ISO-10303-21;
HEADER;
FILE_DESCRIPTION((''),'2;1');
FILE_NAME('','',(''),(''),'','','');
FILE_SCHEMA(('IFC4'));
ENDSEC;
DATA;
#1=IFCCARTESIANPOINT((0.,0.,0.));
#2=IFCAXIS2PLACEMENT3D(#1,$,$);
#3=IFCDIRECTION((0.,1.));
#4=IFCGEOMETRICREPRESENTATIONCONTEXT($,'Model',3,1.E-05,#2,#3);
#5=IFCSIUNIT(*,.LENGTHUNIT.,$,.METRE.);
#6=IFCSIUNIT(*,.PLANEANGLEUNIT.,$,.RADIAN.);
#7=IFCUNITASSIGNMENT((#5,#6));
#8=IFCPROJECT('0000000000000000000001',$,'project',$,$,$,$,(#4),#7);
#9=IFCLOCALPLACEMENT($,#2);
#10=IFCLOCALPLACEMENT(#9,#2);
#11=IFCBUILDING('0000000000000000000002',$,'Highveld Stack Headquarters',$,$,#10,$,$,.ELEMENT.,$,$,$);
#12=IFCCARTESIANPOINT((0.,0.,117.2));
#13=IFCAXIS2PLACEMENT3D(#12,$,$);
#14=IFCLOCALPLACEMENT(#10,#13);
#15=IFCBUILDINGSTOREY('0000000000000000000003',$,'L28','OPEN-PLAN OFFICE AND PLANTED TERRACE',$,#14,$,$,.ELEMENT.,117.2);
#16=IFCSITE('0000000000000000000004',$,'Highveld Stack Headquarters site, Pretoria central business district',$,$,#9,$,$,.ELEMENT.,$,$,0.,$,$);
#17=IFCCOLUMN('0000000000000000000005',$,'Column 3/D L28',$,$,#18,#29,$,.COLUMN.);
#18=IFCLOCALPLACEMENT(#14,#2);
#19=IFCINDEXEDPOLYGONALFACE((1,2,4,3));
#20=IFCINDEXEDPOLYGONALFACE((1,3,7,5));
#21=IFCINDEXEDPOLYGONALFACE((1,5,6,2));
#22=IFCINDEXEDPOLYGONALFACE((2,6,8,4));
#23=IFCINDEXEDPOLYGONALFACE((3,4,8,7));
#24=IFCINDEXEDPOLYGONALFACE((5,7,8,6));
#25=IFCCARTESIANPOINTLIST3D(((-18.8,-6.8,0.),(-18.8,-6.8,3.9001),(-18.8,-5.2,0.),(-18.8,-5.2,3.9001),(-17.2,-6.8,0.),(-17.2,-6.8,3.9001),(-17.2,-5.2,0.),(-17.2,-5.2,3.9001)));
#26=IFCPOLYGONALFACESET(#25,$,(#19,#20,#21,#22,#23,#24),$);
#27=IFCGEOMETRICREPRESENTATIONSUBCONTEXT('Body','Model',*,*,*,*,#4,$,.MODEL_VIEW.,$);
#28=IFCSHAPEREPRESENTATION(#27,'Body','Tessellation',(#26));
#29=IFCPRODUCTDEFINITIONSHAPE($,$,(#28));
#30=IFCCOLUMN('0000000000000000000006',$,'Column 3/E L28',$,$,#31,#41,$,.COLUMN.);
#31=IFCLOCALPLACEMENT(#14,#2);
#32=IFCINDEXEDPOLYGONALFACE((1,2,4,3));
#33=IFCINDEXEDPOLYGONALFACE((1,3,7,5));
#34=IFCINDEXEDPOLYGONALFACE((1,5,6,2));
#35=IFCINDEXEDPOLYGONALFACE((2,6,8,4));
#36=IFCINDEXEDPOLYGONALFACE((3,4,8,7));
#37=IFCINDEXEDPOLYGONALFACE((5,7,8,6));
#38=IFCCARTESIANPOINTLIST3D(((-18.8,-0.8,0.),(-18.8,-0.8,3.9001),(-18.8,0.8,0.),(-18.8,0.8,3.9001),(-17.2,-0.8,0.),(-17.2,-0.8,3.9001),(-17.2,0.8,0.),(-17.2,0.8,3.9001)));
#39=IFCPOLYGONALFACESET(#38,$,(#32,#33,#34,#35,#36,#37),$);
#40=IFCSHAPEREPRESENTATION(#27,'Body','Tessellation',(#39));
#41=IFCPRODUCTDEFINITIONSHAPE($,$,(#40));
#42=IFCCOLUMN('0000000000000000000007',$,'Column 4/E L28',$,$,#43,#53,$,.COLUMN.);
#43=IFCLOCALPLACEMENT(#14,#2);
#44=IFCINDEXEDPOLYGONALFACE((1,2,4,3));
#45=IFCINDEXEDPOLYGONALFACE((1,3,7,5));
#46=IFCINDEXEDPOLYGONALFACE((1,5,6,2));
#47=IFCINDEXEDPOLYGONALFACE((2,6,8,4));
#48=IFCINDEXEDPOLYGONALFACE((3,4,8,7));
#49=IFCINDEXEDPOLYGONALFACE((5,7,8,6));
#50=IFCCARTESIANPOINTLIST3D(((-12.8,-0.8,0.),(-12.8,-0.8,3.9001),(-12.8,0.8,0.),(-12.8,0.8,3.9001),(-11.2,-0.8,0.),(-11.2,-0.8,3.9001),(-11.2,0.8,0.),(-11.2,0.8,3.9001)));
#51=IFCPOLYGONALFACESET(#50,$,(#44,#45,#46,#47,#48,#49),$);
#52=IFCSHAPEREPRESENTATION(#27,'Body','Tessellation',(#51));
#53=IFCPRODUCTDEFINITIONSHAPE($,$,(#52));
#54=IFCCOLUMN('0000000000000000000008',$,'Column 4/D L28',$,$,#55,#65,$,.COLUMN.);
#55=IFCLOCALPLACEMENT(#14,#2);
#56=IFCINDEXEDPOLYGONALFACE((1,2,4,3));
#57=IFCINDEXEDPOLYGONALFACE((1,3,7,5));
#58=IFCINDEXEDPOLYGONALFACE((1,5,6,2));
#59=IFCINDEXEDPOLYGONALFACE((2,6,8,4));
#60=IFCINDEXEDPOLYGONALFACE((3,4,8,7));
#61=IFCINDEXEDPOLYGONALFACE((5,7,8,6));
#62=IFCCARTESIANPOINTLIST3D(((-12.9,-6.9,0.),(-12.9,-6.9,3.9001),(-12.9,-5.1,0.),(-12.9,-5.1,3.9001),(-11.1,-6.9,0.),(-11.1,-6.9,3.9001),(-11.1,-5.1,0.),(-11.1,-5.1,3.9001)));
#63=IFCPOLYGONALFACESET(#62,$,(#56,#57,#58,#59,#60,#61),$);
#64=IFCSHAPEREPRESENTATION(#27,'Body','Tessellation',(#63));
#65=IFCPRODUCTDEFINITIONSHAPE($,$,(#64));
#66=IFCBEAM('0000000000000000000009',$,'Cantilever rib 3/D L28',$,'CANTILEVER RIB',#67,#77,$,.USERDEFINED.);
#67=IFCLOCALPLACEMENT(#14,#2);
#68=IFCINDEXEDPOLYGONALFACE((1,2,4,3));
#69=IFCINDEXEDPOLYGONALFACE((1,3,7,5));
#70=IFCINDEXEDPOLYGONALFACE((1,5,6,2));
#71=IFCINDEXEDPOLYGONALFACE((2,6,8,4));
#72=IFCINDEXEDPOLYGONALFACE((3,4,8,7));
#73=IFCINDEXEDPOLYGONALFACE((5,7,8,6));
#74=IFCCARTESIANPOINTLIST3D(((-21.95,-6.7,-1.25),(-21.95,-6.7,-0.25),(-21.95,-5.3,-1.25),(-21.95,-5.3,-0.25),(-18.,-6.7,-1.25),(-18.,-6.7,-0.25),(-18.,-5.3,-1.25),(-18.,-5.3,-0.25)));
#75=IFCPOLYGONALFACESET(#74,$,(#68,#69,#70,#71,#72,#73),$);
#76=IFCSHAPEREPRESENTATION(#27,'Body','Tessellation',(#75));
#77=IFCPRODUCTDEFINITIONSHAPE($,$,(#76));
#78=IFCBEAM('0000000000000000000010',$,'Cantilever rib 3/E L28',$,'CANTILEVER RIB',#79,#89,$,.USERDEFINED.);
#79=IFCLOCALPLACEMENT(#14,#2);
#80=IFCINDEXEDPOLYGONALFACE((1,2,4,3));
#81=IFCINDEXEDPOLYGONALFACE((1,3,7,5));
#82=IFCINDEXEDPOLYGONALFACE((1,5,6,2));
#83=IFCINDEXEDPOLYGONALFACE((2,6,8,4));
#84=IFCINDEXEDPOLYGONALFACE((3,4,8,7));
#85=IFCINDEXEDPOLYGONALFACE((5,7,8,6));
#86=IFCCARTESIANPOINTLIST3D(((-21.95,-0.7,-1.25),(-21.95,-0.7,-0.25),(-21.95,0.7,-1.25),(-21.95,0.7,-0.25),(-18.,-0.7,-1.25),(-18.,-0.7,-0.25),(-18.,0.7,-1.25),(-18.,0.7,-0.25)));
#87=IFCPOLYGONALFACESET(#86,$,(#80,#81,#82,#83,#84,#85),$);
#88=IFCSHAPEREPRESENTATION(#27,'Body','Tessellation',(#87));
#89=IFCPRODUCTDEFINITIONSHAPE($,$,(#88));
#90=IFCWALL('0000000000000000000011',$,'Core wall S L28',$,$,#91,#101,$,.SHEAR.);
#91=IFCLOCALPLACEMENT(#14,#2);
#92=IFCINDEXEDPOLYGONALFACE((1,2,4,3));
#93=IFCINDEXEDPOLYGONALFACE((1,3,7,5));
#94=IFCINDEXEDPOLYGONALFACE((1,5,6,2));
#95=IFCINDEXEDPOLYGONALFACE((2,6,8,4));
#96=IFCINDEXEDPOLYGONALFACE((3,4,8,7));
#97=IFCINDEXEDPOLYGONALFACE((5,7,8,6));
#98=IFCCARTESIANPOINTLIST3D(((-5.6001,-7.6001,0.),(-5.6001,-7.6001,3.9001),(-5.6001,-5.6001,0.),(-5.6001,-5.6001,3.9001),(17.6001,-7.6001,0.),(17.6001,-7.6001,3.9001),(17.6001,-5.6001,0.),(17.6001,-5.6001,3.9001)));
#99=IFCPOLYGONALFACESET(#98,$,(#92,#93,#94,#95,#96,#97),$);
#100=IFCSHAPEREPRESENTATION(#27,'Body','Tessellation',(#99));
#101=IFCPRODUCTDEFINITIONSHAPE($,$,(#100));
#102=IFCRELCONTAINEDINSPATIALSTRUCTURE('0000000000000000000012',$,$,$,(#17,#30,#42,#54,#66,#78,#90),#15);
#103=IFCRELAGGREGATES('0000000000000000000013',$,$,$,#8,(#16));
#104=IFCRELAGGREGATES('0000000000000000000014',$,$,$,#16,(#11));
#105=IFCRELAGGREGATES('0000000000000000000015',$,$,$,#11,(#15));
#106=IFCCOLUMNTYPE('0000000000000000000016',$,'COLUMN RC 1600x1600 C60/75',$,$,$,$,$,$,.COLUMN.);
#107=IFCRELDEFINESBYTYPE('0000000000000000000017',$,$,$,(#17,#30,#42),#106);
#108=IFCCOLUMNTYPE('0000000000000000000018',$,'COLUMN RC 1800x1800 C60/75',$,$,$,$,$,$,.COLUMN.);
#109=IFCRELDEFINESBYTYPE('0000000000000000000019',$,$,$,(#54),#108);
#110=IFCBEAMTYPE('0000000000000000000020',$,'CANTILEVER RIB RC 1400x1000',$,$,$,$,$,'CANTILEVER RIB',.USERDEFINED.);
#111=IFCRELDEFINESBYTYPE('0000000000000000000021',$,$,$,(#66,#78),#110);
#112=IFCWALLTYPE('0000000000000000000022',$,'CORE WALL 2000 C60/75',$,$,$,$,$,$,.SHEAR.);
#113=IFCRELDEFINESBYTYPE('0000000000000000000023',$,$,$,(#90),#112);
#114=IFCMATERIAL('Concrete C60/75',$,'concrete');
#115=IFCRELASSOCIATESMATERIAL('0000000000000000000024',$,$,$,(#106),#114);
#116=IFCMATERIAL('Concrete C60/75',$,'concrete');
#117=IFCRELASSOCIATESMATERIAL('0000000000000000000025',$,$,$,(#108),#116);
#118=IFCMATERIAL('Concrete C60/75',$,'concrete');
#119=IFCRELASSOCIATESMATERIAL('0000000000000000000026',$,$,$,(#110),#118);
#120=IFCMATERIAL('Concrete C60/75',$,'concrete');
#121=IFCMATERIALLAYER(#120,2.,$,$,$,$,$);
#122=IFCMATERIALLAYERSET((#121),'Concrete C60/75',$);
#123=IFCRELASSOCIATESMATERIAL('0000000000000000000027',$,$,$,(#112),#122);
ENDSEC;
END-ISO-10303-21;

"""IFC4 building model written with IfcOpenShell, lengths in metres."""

from ifc_helpers import new_model, si_unit, direction, frame, frame_2d, origin, origin_2d, place, context, subcontext, project, spatial, rectangle, extrude, material, layer, layer_set, material_profile, profile_set, type_object, element, save


model = new_model("IFC4")

# Units and contexts
model_context = context("Model", 3, precision=1e-05, world=origin(), true_north=direction((0.0, 1.0)))
body_context = subcontext(model_context, "Body", "Model", "MODEL_VIEW")
ifc_project = project(units=[si_unit("LENGTHUNIT", "METRE"), si_unit("PLANEANGLEUNIT", "RADIAN")], contexts=[model_context])

# Site, building, storey
site_placement = place(None, origin())
site = spatial("IfcSite", under=ifc_project, at=site_placement, Name="Highveld Stack Headquarters site, Pretoria central business district", CompositionType="ELEMENT", RefElevation=0.0)
building_placement = place(site_placement, origin())
building = spatial("IfcBuilding", under=site, at=building_placement, Name="Highveld Stack Headquarters", CompositionType="ELEMENT")
storey_placement = place(building_placement, frame((0.0, 0.0, 117.2)))
storey = spatial("IfcBuildingStorey", under=building, at=storey_placement, Name="L28", Description="OPEN-PLAN OFFICE AND PLANTED TERRACE", CompositionType="ELEMENT", Elevation=117.2)

# Columns
ifc_material_1 = material(Name="Concrete C60/75", Category="concrete")
ifc_material_profile_1 = material_profile(ifc_material_1, rectangle(XDim=1.6001, YDim=1.6001, at=origin_2d()), Name="RC 1600x1600")
ifc_profile_set_1 = profile_set([ifc_material_profile_1], Name="Concrete C60/75")
column_type_1 = type_object("IfcColumnType", Name="COLUMN RC 1600x1600 C60/75", PredefinedType="COLUMN", material=ifc_profile_set_1)
for number, where, z_axis, x_axis, name in (
    (1, (-18.0, -6.0, 0.0), (0.0, 0.0, 1.0), (1.0, 0.0, 0.0), "Column 3/D L28"),
    (2, (-18.0, 0.0, 0.0), (0.0, 0.0, 1.0), (1.0, 0.0, 0.0), "Column 3/E L28"),
    (3, (-12.0, 0.0, 0.0), (0.0, 0.0, 1.0), (1.0, 0.0, 0.0), "Column 4/E L28"),
):
    element("IfcColumn", number, at=place(storey_placement, frame(where, z_axis=z_axis, x_axis=x_axis)), inside=storey, type_object=column_type_1, Name=name, PredefinedType="COLUMN", context=body_context, shape_type="SweptSolid", body=[
        extrude(rectangle(XDim=1.6001, YDim=1.6001, at=origin_2d()), origin(), (0.0, 0.0, 1.0), 3.9001),
    ])
ifc_material_2 = material(Name="Concrete C60/75", Category="concrete")
ifc_material_profile_2 = material_profile(ifc_material_2, rectangle(XDim=1.8, YDim=1.8, at=origin_2d()), Name="RC 1800x1800")
ifc_profile_set_2 = profile_set([ifc_material_profile_2], Name="Concrete C60/75")
column_type_2 = type_object("IfcColumnType", Name="COLUMN RC 1800x1800 C60/75", PredefinedType="COLUMN", material=ifc_profile_set_2)
column_placement = place(storey_placement, frame((-12.0, -6.0, 0.0), z_axis=(0.0, 0.0, 1.0), x_axis=(1.0, 0.0, 0.0)))
element("IfcColumn", 4, at=column_placement, inside=storey, type_object=column_type_2, Name="Column 4/D L28", PredefinedType="COLUMN", context=body_context, shape_type="SweptSolid", body=[
    extrude(rectangle(XDim=1.8, YDim=1.8, at=origin_2d()), origin(), (0.0, 0.0, 1.0), 3.9001),
])

# Beams
ifc_material_3 = material(Name="Concrete C60/75", Category="concrete")
ifc_material_profile_3 = material_profile(ifc_material_3, rectangle(XDim=1.3999, YDim=1.0, at=origin_2d()), Name="RC 1400x1000")
ifc_profile_set_3 = profile_set([ifc_material_profile_3], Name="Concrete C60/75")
beam_type = type_object("IfcBeamType", Name="CANTILEVER RIB RC 1400x1000", ElementType="CANTILEVER RIB", PredefinedType="USERDEFINED", material=ifc_profile_set_3)
for number, where, z_axis, x_axis, name in (
    (5, (-18.0, -6.0, -0.75), (-1.0, 0.0, 0.0), (0.0, -1.0, 0.0), "Cantilever rib 3/D L28"),
    (6, (-18.0, 0.0, -0.75), (-1.0, 0.0, 0.0), (0.0, -1.0, 0.0), "Cantilever rib 3/E L28"),
):
    element("IfcBeam", number, at=place(storey_placement, frame(where, z_axis=z_axis, x_axis=x_axis)), inside=storey, type_object=beam_type, Name=name, ObjectType="CANTILEVER RIB", PredefinedType="USERDEFINED", context=body_context, shape_type="SweptSolid", body=[
        extrude(rectangle(XDim=1.3999, YDim=1.0, at=origin_2d()), origin(), (0.0, 0.0, 1.0), 3.95),
    ])

# Wall
ifc_material_4 = material(Name="Concrete C60/75", Category="concrete")
ifc_layer_1 = layer(ifc_material_4, 2.0)
ifc_layer_set_1 = layer_set([ifc_layer_1], Name="Concrete C60/75")
wall_type_1 = type_object("IfcWallType", Name="CORE WALL 2000 C60/75", PredefinedType="SHEAR", material=ifc_layer_set_1)
wall_1_placement = place(storey_placement, frame((-5.6001, -6.6001, 0.0), z_axis=(0.0, 0.0, 1.0), x_axis=(1.0, 0.0, 0.0)))
element("IfcWall", 7, at=wall_1_placement, inside=storey, type_object=wall_type_1, Name="Core wall S L28", PredefinedType="SHEAR", context=body_context, shape_type="SweptSolid", body=[
    extrude(rectangle(XDim=23.2002, YDim=2.0, at=frame_2d((11.6001, 0.0))), origin(), (0.0, 0.0, 1.0), 3.9001),
])

save(model, "model.ifc")
